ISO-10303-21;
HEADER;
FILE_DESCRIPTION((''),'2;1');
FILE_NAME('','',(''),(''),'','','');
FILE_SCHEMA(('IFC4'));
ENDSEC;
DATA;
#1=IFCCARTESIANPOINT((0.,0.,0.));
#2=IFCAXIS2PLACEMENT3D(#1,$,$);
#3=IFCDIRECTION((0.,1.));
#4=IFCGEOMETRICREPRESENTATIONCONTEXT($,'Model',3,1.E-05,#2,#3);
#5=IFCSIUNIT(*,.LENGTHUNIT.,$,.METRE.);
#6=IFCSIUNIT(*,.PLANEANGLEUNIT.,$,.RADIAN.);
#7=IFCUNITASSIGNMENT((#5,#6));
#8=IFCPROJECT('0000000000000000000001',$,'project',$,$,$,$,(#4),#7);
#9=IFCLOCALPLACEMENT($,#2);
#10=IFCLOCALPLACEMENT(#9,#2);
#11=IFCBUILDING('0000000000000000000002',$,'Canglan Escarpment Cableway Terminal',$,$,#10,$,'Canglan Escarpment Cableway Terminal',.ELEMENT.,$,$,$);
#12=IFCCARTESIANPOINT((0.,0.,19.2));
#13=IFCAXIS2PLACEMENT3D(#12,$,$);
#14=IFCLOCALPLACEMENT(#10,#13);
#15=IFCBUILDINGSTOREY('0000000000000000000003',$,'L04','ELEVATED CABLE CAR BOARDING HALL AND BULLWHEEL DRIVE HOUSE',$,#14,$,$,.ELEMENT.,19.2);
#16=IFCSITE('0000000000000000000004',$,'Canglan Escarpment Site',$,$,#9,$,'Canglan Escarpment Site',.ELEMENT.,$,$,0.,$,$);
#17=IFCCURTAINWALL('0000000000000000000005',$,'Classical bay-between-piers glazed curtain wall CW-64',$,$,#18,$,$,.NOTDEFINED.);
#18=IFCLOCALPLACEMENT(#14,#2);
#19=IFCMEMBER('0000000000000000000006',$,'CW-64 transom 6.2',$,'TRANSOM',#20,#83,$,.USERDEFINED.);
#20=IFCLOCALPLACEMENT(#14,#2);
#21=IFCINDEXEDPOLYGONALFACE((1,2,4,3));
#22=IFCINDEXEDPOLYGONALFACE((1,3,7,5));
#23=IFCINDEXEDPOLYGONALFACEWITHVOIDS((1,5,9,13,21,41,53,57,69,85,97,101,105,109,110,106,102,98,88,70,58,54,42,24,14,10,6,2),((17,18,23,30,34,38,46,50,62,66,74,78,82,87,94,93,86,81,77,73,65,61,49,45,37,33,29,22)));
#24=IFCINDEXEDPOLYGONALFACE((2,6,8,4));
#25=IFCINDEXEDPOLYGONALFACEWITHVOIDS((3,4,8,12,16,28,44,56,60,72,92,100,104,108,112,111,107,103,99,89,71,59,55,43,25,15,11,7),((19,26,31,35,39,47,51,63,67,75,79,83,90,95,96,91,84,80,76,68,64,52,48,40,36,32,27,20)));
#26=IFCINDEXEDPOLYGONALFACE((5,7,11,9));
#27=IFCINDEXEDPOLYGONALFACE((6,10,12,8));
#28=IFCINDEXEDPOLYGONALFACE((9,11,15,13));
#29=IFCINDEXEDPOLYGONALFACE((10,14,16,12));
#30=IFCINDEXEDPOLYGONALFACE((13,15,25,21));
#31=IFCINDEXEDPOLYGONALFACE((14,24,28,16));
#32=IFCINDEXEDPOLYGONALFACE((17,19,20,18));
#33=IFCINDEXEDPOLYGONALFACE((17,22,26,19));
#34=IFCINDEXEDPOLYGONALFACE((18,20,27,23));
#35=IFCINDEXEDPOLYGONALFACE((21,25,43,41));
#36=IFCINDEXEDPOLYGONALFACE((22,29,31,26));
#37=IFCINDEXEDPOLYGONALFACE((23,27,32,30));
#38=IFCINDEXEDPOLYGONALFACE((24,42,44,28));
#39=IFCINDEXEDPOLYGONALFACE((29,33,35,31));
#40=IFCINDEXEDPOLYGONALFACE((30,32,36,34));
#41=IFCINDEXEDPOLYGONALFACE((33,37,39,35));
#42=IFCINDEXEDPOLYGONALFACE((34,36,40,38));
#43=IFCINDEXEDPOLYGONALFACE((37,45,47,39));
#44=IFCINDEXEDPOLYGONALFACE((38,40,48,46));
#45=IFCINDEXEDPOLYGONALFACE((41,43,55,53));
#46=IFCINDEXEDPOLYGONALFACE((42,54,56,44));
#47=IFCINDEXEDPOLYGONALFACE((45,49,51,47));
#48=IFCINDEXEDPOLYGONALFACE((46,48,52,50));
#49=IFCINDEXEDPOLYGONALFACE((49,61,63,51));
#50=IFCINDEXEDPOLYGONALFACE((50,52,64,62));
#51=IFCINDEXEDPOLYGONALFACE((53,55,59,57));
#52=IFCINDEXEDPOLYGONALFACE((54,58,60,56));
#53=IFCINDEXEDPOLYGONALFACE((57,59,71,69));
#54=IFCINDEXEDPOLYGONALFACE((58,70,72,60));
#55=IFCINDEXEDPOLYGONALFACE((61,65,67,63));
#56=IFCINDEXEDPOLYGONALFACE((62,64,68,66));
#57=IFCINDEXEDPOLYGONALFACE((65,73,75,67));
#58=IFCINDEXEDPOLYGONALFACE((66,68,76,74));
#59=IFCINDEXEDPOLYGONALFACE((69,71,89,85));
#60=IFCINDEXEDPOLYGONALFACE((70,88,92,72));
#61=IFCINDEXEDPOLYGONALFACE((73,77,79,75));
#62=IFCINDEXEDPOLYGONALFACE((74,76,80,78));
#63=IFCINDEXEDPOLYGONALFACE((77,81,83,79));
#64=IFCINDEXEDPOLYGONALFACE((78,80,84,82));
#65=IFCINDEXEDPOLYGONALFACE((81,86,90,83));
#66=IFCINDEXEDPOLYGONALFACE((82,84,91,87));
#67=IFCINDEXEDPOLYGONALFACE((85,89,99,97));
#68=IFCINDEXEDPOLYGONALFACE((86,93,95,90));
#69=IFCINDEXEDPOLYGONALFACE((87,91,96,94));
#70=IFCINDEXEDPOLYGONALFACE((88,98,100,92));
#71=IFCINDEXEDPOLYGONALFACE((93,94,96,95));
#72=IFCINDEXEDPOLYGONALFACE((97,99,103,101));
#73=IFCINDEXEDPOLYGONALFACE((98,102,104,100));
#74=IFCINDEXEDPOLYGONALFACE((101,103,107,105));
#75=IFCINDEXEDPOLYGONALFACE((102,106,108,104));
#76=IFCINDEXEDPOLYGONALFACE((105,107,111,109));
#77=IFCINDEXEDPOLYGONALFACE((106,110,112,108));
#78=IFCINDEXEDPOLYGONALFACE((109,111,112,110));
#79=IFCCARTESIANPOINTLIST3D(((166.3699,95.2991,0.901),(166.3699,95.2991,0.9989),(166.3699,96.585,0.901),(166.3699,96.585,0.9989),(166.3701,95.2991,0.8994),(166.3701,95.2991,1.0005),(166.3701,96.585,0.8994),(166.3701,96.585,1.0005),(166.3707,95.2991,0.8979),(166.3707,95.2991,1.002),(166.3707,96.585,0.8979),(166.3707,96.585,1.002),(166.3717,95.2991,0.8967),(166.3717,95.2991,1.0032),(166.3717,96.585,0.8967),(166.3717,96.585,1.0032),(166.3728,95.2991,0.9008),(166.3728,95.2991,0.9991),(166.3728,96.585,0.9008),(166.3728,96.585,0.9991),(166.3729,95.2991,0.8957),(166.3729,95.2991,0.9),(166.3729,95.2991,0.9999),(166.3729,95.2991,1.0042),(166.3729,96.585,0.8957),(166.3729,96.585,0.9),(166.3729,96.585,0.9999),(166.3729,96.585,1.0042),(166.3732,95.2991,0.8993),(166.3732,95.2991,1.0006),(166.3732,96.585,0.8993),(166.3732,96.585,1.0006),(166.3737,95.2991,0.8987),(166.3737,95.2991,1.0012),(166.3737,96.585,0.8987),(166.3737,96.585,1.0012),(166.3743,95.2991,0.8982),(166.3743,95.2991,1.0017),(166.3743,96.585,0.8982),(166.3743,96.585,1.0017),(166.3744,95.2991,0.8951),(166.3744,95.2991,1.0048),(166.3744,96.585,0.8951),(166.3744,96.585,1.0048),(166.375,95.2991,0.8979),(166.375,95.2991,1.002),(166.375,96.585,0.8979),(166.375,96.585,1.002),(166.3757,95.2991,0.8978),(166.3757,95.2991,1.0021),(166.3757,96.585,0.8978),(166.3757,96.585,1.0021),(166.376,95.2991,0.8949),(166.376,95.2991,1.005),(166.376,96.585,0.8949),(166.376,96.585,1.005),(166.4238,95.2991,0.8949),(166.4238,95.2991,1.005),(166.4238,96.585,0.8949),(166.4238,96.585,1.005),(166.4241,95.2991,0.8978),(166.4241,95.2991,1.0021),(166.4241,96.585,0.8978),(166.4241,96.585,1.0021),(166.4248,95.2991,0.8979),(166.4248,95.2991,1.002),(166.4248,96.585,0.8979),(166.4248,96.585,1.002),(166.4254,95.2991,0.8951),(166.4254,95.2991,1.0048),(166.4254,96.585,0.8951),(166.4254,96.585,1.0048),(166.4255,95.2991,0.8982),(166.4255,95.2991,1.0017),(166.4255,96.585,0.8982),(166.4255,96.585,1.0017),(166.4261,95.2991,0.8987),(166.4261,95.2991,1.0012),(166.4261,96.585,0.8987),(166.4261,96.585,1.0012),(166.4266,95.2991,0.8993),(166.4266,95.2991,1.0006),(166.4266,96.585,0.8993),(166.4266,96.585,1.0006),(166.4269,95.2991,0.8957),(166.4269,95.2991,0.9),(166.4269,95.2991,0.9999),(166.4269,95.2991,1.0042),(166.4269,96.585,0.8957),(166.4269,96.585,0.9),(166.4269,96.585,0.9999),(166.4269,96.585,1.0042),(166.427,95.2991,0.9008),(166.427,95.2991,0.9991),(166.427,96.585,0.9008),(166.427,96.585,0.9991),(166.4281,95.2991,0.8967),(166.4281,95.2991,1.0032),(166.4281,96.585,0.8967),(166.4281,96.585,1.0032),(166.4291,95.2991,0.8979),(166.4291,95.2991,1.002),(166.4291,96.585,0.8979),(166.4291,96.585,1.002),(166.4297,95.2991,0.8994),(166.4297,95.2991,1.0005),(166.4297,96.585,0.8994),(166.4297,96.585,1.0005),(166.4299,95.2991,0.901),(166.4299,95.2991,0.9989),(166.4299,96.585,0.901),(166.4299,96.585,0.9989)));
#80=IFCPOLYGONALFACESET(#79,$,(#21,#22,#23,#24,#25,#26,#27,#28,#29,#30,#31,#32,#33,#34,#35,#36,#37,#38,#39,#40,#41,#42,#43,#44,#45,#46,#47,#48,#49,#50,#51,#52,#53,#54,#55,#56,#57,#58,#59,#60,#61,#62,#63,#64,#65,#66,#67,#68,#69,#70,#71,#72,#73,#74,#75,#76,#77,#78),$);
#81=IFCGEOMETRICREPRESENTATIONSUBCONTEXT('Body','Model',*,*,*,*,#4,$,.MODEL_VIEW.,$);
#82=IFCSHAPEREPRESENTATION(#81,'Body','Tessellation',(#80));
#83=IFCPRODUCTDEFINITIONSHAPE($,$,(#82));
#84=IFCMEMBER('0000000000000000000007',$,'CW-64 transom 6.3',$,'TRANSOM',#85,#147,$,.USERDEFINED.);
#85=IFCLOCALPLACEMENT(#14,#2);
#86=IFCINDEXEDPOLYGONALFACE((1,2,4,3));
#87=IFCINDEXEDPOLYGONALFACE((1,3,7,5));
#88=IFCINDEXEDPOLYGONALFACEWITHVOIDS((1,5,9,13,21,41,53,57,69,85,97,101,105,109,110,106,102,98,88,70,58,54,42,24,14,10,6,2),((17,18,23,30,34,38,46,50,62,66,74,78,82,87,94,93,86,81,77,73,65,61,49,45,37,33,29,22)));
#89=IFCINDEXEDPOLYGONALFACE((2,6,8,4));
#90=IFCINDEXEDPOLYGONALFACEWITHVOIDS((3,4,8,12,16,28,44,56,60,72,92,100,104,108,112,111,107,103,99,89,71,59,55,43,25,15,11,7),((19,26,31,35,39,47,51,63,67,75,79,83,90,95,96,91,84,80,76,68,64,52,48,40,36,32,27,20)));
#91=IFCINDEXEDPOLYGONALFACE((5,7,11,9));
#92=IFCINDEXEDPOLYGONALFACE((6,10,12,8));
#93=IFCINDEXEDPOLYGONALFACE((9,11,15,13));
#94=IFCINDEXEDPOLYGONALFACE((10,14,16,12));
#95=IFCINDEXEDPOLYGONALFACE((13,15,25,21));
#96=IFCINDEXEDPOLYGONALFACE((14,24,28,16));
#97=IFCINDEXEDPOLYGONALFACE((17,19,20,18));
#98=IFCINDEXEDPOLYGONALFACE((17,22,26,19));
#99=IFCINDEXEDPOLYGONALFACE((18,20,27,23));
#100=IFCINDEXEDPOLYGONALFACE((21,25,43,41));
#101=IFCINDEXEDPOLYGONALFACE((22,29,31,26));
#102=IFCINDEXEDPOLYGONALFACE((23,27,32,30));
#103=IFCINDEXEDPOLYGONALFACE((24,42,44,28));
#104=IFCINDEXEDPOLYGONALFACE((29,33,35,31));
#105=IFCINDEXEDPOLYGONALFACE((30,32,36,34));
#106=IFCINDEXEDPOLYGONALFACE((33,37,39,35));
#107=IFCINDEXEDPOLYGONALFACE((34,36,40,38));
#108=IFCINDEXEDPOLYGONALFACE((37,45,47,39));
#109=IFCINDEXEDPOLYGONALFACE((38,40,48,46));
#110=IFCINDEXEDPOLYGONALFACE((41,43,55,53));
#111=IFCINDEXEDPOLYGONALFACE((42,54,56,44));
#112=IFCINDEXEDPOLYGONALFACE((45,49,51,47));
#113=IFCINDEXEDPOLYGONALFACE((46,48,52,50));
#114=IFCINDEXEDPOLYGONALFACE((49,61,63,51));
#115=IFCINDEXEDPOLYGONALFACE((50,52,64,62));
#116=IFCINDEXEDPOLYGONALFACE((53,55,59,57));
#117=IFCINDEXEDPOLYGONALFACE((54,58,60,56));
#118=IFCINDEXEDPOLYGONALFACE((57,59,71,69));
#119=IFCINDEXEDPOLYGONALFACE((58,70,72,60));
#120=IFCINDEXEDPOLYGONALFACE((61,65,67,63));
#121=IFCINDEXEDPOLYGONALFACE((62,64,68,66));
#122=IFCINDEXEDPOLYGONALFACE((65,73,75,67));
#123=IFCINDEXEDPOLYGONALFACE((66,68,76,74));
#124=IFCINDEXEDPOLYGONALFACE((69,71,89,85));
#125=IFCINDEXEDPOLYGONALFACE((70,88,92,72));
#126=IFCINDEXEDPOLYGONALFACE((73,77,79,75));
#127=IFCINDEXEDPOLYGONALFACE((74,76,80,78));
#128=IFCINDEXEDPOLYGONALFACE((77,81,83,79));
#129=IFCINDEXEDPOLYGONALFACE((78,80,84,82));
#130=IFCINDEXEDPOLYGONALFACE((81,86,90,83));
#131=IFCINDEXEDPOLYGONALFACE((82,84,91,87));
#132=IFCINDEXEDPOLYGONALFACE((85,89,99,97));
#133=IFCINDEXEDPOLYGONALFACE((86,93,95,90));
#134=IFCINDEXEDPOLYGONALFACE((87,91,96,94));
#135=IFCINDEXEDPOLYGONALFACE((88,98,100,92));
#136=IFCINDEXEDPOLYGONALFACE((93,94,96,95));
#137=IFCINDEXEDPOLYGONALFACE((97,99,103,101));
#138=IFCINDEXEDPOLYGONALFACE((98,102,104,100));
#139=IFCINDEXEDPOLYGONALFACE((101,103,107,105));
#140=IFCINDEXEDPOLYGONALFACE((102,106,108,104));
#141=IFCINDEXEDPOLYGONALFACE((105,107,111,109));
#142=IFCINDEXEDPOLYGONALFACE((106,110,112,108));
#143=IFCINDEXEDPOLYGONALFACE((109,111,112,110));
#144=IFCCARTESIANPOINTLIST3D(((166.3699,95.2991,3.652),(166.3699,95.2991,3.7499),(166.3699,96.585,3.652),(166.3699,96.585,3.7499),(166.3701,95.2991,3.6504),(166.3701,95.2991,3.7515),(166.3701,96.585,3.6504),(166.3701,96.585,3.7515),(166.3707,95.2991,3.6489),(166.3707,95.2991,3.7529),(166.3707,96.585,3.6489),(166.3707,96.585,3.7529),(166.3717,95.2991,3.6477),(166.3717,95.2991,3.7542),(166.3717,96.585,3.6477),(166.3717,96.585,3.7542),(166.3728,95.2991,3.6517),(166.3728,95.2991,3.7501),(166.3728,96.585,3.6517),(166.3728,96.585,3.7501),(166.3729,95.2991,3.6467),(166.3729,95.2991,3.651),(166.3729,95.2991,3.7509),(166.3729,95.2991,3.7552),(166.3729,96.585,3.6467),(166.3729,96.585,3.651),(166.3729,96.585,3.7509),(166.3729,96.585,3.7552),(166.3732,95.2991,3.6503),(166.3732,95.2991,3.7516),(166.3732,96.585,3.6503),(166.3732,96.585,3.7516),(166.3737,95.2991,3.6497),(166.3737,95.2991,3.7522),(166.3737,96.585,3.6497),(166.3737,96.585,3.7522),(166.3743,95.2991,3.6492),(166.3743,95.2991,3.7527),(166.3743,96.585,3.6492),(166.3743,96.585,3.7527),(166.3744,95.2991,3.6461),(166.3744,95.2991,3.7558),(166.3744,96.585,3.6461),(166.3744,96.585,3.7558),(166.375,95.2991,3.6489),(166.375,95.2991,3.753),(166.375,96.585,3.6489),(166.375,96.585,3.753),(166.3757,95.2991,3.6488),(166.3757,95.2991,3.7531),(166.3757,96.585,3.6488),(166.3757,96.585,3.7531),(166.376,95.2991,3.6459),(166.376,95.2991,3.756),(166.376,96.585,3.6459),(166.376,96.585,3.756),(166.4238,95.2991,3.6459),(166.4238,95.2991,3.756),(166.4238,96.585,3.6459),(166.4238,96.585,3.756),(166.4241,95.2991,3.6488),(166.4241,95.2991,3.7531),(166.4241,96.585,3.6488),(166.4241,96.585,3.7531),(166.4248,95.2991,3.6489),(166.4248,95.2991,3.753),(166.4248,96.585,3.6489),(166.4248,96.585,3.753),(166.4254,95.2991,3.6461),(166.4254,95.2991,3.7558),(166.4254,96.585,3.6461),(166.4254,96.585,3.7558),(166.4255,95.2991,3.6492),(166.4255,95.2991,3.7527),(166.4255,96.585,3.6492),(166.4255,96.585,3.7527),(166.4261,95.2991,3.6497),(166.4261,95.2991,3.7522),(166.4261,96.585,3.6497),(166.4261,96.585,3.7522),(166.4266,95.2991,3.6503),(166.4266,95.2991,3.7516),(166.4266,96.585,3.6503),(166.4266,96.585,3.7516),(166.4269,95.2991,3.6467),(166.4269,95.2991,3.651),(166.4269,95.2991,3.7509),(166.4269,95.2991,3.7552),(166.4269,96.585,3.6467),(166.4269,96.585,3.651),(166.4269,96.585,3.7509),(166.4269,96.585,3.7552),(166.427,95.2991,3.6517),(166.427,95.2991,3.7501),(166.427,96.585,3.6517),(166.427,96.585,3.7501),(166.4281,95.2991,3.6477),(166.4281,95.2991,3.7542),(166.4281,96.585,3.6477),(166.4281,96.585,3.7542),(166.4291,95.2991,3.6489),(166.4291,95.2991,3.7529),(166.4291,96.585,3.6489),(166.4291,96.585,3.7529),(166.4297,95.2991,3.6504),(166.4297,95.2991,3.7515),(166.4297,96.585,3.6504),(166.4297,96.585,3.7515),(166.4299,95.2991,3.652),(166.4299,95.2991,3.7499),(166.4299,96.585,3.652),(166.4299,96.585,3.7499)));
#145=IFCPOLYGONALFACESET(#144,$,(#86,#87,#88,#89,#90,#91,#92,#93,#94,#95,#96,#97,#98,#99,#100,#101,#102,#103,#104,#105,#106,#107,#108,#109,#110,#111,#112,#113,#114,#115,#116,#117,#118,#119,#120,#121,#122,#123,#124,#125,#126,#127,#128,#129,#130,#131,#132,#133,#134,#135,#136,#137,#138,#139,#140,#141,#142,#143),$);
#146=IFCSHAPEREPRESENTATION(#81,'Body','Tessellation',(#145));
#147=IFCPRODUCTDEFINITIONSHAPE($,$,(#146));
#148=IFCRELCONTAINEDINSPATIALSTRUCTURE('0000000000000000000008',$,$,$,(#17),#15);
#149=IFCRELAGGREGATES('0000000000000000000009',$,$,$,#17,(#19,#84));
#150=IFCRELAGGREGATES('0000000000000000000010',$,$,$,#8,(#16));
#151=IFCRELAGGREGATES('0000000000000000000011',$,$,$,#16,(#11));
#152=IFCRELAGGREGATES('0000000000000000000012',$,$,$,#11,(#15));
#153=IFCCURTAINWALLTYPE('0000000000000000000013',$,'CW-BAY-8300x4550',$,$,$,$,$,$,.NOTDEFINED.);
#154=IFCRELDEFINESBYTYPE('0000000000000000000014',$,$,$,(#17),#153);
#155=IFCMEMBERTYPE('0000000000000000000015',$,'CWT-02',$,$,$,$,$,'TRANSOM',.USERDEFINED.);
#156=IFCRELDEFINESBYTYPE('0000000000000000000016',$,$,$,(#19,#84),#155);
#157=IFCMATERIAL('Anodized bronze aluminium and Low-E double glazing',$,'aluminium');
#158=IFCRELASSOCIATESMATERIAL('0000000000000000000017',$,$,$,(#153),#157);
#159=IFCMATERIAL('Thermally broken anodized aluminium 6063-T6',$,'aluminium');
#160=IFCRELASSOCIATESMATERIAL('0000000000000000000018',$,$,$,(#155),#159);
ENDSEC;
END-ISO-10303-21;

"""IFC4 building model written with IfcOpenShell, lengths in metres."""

from ifc_helpers import new_model, si_unit, direction, frame, origin, origin_2d, place, context, subcontext, project, spatial, hollow_rectangle, extrude, material, material_profile, profile_set, type_object, element, aggregate, save


model = new_model("IFC4")

# Units and contexts
model_context = context("Model", 3, precision=1e-05, world=origin(), true_north=direction((0.0, 1.0)))
body_context = subcontext(model_context, "Body", "Model", "MODEL_VIEW")
ifc_project = project(units=[si_unit("LENGTHUNIT", "METRE"), si_unit("PLANEANGLEUNIT", "RADIAN")], contexts=[model_context])

# Site, building, storey
site_placement = place(None, origin())
site = spatial("IfcSite", under=ifc_project, at=site_placement, Name="Canglan Escarpment Site", LongName="Canglan Escarpment Site", CompositionType="ELEMENT", RefElevation=0.0)
building_placement = place(site_placement, origin())
building = spatial("IfcBuilding", under=site, at=building_placement, Name="Canglan Escarpment Cableway Terminal", LongName="Canglan Escarpment Cableway Terminal", CompositionType="ELEMENT")
storey_placement = place(building_placement, frame((0.0, 0.0, 19.2)))
storey = spatial("IfcBuildingStorey", under=building, at=storey_placement, Name="L04", Description="ELEVATED CABLE CAR BOARDING HALL AND BULLWHEEL DRIVE HOUSE", CompositionType="ELEMENT", Elevation=19.2)

# Curtain wall
ifc_material_1 = material(Name="Anodized bronze aluminium and Low-E double glazing", Category="aluminium")
curtain_wall_type = type_object("IfcCurtainWallType", Name="CW-BAY-8300x4550", PredefinedType="NOTDEFINED", material=ifc_material_1)
curtain_wall_1_placement = place(storey_placement, origin())
curtain_wall_1 = element("IfcCurtainWall", 1, at=curtain_wall_1_placement, inside=storey, type_object=curtain_wall_type, Name="Classical bay-between-piers glazed curtain wall CW-64", PredefinedType="NOTDEFINED")
ifc_material_2 = material(Name="Thermally broken anodized aluminium 6063-T6", Category="aluminium")

# Members
ifc_material_profile_1 = material_profile(ifc_material_2, hollow_rectangle(XDim=0.0601, YDim=0.1101, WallThickness=0.0029, InnerFilletRadius=0.0029, OuterFilletRadius=0.0061, at=origin_2d()), Name="ALU-TRAN 60x110x3")
ifc_profile_set_1 = profile_set([ifc_material_profile_1], Name="Thermally broken anodized aluminium 6063-T6")
member_type_1 = type_object("IfcMemberType", Name="CWT-02", ElementType="TRANSOM", PredefinedType="USERDEFINED", material=ifc_profile_set_1)
member_1_placement = place(storey_placement, frame((166.3999, 95.2991, 0.95), z_axis=(0.0, 1.0, 0.0), x_axis=(-1.0, 0.0, 0.0)))
member_1 = element("IfcMember", 2, at=member_1_placement, type_object=member_type_1, Name="CW-64 transom 6.2", ObjectType="TRANSOM", PredefinedType="USERDEFINED", context=body_context, shape_type="SweptSolid", body=[
    extrude(hollow_rectangle(XDim=0.0601, YDim=0.1101, WallThickness=0.0029, InnerFilletRadius=0.0029, OuterFilletRadius=0.0061, at=origin_2d()), origin(), (0.0, 0.0, 1.0), 1.2859),
])
member_2_placement = place(storey_placement, frame((166.3999, 95.2991, 3.7009), z_axis=(0.0, 1.0, 0.0), x_axis=(-1.0, 0.0, 0.0)))
member_2 = element("IfcMember", 3, at=member_2_placement, type_object=member_type_1, Name="CW-64 transom 6.3", ObjectType="TRANSOM", PredefinedType="USERDEFINED", context=body_context, shape_type="SweptSolid", body=[
    extrude(hollow_rectangle(XDim=0.0601, YDim=0.1101, WallThickness=0.0029, InnerFilletRadius=0.0029, OuterFilletRadius=0.0061, at=origin_2d()), origin(), (0.0, 0.0, 1.0), 1.2859),
])

aggregate(curtain_wall_1, [member_1, member_2])

save(model, "model.ifc")
